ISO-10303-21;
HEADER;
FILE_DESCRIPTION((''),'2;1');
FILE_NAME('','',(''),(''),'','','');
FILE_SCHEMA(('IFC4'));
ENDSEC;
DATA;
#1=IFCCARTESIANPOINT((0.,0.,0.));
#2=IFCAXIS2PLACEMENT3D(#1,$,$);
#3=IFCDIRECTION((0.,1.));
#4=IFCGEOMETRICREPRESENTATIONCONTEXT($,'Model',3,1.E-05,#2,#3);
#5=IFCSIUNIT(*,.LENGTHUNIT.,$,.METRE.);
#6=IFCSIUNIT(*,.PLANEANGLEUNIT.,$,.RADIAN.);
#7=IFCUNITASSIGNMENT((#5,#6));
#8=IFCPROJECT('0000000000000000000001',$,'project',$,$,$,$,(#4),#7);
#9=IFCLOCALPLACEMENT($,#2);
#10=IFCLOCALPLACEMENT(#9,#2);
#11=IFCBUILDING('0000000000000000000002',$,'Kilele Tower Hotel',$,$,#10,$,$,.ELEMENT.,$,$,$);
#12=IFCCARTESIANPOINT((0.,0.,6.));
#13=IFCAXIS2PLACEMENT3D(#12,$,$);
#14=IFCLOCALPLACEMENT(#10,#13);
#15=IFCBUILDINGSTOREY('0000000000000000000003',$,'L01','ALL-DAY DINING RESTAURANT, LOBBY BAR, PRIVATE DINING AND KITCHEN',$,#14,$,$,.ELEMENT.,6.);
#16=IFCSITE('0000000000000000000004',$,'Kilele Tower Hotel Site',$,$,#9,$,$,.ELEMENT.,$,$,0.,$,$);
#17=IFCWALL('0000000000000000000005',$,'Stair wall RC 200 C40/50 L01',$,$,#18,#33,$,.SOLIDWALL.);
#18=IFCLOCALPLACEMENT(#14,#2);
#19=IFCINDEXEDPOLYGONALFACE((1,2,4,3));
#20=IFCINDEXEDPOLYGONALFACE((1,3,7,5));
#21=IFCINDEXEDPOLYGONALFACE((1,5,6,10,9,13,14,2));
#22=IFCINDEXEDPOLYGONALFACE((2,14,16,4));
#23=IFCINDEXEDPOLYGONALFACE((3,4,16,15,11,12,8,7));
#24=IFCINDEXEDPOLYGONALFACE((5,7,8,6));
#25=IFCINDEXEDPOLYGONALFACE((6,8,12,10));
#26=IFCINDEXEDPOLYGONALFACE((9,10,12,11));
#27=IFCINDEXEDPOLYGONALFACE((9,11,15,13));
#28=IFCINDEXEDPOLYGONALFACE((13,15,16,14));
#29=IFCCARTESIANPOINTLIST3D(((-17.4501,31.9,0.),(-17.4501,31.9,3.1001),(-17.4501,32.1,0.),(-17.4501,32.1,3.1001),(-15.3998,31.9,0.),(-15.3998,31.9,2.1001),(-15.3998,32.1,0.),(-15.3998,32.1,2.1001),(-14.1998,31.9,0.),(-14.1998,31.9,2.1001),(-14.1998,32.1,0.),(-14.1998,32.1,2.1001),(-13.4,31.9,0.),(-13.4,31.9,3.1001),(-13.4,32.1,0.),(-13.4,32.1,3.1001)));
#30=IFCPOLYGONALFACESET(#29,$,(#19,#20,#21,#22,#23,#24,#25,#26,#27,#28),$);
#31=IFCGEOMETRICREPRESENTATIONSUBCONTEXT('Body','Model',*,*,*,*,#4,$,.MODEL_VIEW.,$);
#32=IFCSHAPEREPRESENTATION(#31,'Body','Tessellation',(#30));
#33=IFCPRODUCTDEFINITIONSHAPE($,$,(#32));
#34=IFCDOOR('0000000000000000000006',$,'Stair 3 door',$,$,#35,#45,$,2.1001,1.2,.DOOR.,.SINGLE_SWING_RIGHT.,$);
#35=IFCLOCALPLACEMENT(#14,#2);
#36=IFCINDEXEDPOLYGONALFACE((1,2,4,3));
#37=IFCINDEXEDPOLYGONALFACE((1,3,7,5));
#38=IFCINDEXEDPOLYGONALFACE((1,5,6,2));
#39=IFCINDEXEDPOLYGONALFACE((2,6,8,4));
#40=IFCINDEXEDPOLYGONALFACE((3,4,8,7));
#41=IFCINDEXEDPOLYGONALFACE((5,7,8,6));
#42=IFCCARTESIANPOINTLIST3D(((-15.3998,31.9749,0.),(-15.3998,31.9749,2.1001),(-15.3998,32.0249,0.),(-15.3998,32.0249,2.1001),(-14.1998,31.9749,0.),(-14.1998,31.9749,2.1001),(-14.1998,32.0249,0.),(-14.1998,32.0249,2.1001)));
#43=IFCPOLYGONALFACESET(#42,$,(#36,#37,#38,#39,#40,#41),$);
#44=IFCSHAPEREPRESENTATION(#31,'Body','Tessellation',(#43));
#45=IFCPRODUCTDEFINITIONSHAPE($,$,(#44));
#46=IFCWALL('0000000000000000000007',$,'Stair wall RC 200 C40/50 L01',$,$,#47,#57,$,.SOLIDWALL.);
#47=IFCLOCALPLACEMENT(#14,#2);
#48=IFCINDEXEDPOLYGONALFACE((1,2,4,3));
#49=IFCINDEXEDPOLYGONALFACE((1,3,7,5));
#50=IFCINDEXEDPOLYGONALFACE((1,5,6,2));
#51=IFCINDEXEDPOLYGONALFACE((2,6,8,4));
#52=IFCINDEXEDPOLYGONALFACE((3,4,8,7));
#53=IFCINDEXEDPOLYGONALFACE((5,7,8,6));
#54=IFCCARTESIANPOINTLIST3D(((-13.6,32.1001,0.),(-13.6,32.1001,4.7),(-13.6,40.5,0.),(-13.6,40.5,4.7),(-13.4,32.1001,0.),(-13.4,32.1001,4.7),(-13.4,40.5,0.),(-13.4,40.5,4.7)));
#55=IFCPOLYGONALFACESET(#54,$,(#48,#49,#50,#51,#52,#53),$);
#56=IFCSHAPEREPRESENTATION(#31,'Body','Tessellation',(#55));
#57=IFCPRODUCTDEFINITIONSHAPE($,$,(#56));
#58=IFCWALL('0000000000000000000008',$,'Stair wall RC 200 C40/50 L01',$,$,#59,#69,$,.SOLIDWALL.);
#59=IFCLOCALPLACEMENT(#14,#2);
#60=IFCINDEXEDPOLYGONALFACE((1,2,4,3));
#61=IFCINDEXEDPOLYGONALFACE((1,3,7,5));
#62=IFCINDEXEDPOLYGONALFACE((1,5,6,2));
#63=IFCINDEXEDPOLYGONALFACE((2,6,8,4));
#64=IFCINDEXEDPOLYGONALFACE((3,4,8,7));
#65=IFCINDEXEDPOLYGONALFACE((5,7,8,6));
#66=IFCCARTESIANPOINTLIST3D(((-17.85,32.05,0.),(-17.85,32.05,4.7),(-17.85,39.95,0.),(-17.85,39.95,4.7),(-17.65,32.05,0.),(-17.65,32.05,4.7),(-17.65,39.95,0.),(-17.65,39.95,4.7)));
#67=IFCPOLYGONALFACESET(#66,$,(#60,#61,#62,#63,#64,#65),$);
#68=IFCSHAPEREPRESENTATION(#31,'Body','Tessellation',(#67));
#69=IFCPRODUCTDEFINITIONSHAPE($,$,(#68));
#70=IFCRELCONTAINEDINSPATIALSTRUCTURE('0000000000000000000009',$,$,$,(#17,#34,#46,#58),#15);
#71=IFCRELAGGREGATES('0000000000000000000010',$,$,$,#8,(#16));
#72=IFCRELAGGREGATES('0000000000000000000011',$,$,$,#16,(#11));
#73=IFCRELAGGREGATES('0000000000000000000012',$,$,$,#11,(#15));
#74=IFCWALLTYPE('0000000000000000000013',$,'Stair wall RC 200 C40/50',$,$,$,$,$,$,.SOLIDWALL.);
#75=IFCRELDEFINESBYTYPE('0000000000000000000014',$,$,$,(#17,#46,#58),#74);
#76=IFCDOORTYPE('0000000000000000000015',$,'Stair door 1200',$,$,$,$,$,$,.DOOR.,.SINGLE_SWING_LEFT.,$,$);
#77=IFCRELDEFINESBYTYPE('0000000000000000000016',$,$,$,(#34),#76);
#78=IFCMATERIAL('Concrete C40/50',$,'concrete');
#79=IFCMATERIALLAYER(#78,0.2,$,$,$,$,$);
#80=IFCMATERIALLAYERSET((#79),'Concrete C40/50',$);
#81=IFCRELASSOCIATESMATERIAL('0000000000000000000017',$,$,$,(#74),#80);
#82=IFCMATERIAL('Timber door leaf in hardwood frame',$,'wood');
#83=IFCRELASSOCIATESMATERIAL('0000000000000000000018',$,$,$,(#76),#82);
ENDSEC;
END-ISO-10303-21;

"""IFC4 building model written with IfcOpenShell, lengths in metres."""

from ifc_helpers import new_model, si_unit, direction, frame, frame_2d, origin, place, context, subcontext, project, spatial, rectangle, extrude, material, layer, layer_set, type_object, element, fill, save


model = new_model("IFC4")

# Units and contexts
model_context = context("Model", 3, precision=1e-05, world=origin(), true_north=direction((0.0, 1.0)))
body_context = subcontext(model_context, "Body", "Model", "MODEL_VIEW")
ifc_project = project(units=[si_unit("LENGTHUNIT", "METRE"), si_unit("PLANEANGLEUNIT", "RADIAN")], contexts=[model_context])

# Site, building, storey
site_placement = place(None, origin())
site = spatial("IfcSite", under=ifc_project, at=site_placement, Name="Kilele Tower Hotel Site", CompositionType="ELEMENT", RefElevation=0.0)
building_placement = place(site_placement, origin())
building = spatial("IfcBuilding", under=site, at=building_placement, Name="Kilele Tower Hotel", CompositionType="ELEMENT")
storey_placement = place(building_placement, frame((0.0, 0.0, 6.0)))
storey = spatial("IfcBuildingStorey", under=building, at=storey_placement, Name="L01", Description="ALL-DAY DINING RESTAURANT, LOBBY BAR, PRIVATE DINING AND KITCHEN", CompositionType="ELEMENT", Elevation=6.0)

# Wall, opening, door
ifc_material_1 = material(Name="Concrete C40/50", Category="concrete")
ifc_layer_1 = layer(ifc_material_1, 0.2)
ifc_layer_set_1 = layer_set([ifc_layer_1], Name="Concrete C40/50")
wall_type = type_object("IfcWallType", Name="Stair wall RC 200 C40/50", PredefinedType="SOLIDWALL", material=ifc_layer_set_1)
wall_1_placement = place(storey_placement, frame((-17.45, 32.0, 0.0), z_axis=(0.0, 0.0, 1.0), x_axis=(1.0, 0.0, 0.0)))
wall_1 = element("IfcWall", 1, at=wall_1_placement, inside=storey, type_object=wall_type, Name="Stair wall RC 200 C40/50 L01", PredefinedType="SOLIDWALL", context=body_context, shape_type="SweptSolid", body=[
    extrude(rectangle(XDim=4.05, YDim=0.2, at=frame_2d((2.0249, 0.0))), origin(), (0.0, 0.0, 1.0), 3.1001),
])
opening_placement = place(wall_1_placement, frame((2.05, 0.0, 0.0)))
opening = element("IfcOpeningElement", 2, at=opening_placement, cuts=wall_1, PredefinedType="OPENING", context=body_context, shape_type="SweptSolid", body=[
    extrude(rectangle(XDim=1.2, YDim=2.1001, at=frame_2d((0.6001, 1.05))), frame((0.0, 0.1099, 0.0), z_axis=(0.0, -1.0, 0.0), x_axis=(1.0, 0.0, 0.0)), (0.0, 0.0, 1.0), 0.22),
])
ifc_material_2 = material(Name="Timber door leaf in hardwood frame", Category="wood")
door_type = type_object("IfcDoorType", Name="Stair door 1200", OperationType="SINGLE_SWING_LEFT", PredefinedType="DOOR", material=ifc_material_2)
door_placement = place(opening_placement, origin())
door = element("IfcDoor", 3, at=door_placement, inside=storey, type_object=door_type, Name="Stair 3 door", OperationType="SINGLE_SWING_RIGHT", OverallHeight=2.1001, OverallWidth=1.2, PredefinedType="DOOR", context=body_context, shape_type="SweptSolid", body=[
    extrude(rectangle(XDim=1.2, YDim=2.1001, at=frame_2d((0.6001, 1.05))), frame((0.0, 0.0249, 0.0), z_axis=(0.0, -1.0, 0.0), x_axis=(1.0, 0.0, 0.0)), (0.0, 0.0, 1.0), 0.05),
])
fill(opening, door)

# Walls
wall_2_placement = place(storey_placement, frame((-13.5, 32.1001, 0.0), z_axis=(0.0, 0.0, 1.0), x_axis=(0.0, 1.0, 0.0)))
element("IfcWall", 4, at=wall_2_placement, inside=storey, type_object=wall_type, Name="Stair wall RC 200 C40/50 L01", PredefinedType="SOLIDWALL", context=body_context, shape_type="SweptSolid", body=[
    extrude(rectangle(XDim=8.3999, YDim=0.2, at=frame_2d((4.2, 0.0))), origin(), (0.0, 0.0, 1.0), 4.7),
])
wall_3_placement = place(storey_placement, frame((-17.75, 32.05, 0.0), z_axis=(0.0, 0.0, 1.0), x_axis=(0.0, 1.0, 0.0)))
element("IfcWall", 5, at=wall_3_placement, inside=storey, type_object=wall_type, Name="Stair wall RC 200 C40/50 L01", PredefinedType="SOLIDWALL", context=body_context, shape_type="SweptSolid", body=[
    extrude(rectangle(XDim=7.8999, YDim=0.2, at=frame_2d((3.95, 0.0))), origin(), (0.0, 0.0, 1.0), 4.7),
])

save(model, "model.ifc")
